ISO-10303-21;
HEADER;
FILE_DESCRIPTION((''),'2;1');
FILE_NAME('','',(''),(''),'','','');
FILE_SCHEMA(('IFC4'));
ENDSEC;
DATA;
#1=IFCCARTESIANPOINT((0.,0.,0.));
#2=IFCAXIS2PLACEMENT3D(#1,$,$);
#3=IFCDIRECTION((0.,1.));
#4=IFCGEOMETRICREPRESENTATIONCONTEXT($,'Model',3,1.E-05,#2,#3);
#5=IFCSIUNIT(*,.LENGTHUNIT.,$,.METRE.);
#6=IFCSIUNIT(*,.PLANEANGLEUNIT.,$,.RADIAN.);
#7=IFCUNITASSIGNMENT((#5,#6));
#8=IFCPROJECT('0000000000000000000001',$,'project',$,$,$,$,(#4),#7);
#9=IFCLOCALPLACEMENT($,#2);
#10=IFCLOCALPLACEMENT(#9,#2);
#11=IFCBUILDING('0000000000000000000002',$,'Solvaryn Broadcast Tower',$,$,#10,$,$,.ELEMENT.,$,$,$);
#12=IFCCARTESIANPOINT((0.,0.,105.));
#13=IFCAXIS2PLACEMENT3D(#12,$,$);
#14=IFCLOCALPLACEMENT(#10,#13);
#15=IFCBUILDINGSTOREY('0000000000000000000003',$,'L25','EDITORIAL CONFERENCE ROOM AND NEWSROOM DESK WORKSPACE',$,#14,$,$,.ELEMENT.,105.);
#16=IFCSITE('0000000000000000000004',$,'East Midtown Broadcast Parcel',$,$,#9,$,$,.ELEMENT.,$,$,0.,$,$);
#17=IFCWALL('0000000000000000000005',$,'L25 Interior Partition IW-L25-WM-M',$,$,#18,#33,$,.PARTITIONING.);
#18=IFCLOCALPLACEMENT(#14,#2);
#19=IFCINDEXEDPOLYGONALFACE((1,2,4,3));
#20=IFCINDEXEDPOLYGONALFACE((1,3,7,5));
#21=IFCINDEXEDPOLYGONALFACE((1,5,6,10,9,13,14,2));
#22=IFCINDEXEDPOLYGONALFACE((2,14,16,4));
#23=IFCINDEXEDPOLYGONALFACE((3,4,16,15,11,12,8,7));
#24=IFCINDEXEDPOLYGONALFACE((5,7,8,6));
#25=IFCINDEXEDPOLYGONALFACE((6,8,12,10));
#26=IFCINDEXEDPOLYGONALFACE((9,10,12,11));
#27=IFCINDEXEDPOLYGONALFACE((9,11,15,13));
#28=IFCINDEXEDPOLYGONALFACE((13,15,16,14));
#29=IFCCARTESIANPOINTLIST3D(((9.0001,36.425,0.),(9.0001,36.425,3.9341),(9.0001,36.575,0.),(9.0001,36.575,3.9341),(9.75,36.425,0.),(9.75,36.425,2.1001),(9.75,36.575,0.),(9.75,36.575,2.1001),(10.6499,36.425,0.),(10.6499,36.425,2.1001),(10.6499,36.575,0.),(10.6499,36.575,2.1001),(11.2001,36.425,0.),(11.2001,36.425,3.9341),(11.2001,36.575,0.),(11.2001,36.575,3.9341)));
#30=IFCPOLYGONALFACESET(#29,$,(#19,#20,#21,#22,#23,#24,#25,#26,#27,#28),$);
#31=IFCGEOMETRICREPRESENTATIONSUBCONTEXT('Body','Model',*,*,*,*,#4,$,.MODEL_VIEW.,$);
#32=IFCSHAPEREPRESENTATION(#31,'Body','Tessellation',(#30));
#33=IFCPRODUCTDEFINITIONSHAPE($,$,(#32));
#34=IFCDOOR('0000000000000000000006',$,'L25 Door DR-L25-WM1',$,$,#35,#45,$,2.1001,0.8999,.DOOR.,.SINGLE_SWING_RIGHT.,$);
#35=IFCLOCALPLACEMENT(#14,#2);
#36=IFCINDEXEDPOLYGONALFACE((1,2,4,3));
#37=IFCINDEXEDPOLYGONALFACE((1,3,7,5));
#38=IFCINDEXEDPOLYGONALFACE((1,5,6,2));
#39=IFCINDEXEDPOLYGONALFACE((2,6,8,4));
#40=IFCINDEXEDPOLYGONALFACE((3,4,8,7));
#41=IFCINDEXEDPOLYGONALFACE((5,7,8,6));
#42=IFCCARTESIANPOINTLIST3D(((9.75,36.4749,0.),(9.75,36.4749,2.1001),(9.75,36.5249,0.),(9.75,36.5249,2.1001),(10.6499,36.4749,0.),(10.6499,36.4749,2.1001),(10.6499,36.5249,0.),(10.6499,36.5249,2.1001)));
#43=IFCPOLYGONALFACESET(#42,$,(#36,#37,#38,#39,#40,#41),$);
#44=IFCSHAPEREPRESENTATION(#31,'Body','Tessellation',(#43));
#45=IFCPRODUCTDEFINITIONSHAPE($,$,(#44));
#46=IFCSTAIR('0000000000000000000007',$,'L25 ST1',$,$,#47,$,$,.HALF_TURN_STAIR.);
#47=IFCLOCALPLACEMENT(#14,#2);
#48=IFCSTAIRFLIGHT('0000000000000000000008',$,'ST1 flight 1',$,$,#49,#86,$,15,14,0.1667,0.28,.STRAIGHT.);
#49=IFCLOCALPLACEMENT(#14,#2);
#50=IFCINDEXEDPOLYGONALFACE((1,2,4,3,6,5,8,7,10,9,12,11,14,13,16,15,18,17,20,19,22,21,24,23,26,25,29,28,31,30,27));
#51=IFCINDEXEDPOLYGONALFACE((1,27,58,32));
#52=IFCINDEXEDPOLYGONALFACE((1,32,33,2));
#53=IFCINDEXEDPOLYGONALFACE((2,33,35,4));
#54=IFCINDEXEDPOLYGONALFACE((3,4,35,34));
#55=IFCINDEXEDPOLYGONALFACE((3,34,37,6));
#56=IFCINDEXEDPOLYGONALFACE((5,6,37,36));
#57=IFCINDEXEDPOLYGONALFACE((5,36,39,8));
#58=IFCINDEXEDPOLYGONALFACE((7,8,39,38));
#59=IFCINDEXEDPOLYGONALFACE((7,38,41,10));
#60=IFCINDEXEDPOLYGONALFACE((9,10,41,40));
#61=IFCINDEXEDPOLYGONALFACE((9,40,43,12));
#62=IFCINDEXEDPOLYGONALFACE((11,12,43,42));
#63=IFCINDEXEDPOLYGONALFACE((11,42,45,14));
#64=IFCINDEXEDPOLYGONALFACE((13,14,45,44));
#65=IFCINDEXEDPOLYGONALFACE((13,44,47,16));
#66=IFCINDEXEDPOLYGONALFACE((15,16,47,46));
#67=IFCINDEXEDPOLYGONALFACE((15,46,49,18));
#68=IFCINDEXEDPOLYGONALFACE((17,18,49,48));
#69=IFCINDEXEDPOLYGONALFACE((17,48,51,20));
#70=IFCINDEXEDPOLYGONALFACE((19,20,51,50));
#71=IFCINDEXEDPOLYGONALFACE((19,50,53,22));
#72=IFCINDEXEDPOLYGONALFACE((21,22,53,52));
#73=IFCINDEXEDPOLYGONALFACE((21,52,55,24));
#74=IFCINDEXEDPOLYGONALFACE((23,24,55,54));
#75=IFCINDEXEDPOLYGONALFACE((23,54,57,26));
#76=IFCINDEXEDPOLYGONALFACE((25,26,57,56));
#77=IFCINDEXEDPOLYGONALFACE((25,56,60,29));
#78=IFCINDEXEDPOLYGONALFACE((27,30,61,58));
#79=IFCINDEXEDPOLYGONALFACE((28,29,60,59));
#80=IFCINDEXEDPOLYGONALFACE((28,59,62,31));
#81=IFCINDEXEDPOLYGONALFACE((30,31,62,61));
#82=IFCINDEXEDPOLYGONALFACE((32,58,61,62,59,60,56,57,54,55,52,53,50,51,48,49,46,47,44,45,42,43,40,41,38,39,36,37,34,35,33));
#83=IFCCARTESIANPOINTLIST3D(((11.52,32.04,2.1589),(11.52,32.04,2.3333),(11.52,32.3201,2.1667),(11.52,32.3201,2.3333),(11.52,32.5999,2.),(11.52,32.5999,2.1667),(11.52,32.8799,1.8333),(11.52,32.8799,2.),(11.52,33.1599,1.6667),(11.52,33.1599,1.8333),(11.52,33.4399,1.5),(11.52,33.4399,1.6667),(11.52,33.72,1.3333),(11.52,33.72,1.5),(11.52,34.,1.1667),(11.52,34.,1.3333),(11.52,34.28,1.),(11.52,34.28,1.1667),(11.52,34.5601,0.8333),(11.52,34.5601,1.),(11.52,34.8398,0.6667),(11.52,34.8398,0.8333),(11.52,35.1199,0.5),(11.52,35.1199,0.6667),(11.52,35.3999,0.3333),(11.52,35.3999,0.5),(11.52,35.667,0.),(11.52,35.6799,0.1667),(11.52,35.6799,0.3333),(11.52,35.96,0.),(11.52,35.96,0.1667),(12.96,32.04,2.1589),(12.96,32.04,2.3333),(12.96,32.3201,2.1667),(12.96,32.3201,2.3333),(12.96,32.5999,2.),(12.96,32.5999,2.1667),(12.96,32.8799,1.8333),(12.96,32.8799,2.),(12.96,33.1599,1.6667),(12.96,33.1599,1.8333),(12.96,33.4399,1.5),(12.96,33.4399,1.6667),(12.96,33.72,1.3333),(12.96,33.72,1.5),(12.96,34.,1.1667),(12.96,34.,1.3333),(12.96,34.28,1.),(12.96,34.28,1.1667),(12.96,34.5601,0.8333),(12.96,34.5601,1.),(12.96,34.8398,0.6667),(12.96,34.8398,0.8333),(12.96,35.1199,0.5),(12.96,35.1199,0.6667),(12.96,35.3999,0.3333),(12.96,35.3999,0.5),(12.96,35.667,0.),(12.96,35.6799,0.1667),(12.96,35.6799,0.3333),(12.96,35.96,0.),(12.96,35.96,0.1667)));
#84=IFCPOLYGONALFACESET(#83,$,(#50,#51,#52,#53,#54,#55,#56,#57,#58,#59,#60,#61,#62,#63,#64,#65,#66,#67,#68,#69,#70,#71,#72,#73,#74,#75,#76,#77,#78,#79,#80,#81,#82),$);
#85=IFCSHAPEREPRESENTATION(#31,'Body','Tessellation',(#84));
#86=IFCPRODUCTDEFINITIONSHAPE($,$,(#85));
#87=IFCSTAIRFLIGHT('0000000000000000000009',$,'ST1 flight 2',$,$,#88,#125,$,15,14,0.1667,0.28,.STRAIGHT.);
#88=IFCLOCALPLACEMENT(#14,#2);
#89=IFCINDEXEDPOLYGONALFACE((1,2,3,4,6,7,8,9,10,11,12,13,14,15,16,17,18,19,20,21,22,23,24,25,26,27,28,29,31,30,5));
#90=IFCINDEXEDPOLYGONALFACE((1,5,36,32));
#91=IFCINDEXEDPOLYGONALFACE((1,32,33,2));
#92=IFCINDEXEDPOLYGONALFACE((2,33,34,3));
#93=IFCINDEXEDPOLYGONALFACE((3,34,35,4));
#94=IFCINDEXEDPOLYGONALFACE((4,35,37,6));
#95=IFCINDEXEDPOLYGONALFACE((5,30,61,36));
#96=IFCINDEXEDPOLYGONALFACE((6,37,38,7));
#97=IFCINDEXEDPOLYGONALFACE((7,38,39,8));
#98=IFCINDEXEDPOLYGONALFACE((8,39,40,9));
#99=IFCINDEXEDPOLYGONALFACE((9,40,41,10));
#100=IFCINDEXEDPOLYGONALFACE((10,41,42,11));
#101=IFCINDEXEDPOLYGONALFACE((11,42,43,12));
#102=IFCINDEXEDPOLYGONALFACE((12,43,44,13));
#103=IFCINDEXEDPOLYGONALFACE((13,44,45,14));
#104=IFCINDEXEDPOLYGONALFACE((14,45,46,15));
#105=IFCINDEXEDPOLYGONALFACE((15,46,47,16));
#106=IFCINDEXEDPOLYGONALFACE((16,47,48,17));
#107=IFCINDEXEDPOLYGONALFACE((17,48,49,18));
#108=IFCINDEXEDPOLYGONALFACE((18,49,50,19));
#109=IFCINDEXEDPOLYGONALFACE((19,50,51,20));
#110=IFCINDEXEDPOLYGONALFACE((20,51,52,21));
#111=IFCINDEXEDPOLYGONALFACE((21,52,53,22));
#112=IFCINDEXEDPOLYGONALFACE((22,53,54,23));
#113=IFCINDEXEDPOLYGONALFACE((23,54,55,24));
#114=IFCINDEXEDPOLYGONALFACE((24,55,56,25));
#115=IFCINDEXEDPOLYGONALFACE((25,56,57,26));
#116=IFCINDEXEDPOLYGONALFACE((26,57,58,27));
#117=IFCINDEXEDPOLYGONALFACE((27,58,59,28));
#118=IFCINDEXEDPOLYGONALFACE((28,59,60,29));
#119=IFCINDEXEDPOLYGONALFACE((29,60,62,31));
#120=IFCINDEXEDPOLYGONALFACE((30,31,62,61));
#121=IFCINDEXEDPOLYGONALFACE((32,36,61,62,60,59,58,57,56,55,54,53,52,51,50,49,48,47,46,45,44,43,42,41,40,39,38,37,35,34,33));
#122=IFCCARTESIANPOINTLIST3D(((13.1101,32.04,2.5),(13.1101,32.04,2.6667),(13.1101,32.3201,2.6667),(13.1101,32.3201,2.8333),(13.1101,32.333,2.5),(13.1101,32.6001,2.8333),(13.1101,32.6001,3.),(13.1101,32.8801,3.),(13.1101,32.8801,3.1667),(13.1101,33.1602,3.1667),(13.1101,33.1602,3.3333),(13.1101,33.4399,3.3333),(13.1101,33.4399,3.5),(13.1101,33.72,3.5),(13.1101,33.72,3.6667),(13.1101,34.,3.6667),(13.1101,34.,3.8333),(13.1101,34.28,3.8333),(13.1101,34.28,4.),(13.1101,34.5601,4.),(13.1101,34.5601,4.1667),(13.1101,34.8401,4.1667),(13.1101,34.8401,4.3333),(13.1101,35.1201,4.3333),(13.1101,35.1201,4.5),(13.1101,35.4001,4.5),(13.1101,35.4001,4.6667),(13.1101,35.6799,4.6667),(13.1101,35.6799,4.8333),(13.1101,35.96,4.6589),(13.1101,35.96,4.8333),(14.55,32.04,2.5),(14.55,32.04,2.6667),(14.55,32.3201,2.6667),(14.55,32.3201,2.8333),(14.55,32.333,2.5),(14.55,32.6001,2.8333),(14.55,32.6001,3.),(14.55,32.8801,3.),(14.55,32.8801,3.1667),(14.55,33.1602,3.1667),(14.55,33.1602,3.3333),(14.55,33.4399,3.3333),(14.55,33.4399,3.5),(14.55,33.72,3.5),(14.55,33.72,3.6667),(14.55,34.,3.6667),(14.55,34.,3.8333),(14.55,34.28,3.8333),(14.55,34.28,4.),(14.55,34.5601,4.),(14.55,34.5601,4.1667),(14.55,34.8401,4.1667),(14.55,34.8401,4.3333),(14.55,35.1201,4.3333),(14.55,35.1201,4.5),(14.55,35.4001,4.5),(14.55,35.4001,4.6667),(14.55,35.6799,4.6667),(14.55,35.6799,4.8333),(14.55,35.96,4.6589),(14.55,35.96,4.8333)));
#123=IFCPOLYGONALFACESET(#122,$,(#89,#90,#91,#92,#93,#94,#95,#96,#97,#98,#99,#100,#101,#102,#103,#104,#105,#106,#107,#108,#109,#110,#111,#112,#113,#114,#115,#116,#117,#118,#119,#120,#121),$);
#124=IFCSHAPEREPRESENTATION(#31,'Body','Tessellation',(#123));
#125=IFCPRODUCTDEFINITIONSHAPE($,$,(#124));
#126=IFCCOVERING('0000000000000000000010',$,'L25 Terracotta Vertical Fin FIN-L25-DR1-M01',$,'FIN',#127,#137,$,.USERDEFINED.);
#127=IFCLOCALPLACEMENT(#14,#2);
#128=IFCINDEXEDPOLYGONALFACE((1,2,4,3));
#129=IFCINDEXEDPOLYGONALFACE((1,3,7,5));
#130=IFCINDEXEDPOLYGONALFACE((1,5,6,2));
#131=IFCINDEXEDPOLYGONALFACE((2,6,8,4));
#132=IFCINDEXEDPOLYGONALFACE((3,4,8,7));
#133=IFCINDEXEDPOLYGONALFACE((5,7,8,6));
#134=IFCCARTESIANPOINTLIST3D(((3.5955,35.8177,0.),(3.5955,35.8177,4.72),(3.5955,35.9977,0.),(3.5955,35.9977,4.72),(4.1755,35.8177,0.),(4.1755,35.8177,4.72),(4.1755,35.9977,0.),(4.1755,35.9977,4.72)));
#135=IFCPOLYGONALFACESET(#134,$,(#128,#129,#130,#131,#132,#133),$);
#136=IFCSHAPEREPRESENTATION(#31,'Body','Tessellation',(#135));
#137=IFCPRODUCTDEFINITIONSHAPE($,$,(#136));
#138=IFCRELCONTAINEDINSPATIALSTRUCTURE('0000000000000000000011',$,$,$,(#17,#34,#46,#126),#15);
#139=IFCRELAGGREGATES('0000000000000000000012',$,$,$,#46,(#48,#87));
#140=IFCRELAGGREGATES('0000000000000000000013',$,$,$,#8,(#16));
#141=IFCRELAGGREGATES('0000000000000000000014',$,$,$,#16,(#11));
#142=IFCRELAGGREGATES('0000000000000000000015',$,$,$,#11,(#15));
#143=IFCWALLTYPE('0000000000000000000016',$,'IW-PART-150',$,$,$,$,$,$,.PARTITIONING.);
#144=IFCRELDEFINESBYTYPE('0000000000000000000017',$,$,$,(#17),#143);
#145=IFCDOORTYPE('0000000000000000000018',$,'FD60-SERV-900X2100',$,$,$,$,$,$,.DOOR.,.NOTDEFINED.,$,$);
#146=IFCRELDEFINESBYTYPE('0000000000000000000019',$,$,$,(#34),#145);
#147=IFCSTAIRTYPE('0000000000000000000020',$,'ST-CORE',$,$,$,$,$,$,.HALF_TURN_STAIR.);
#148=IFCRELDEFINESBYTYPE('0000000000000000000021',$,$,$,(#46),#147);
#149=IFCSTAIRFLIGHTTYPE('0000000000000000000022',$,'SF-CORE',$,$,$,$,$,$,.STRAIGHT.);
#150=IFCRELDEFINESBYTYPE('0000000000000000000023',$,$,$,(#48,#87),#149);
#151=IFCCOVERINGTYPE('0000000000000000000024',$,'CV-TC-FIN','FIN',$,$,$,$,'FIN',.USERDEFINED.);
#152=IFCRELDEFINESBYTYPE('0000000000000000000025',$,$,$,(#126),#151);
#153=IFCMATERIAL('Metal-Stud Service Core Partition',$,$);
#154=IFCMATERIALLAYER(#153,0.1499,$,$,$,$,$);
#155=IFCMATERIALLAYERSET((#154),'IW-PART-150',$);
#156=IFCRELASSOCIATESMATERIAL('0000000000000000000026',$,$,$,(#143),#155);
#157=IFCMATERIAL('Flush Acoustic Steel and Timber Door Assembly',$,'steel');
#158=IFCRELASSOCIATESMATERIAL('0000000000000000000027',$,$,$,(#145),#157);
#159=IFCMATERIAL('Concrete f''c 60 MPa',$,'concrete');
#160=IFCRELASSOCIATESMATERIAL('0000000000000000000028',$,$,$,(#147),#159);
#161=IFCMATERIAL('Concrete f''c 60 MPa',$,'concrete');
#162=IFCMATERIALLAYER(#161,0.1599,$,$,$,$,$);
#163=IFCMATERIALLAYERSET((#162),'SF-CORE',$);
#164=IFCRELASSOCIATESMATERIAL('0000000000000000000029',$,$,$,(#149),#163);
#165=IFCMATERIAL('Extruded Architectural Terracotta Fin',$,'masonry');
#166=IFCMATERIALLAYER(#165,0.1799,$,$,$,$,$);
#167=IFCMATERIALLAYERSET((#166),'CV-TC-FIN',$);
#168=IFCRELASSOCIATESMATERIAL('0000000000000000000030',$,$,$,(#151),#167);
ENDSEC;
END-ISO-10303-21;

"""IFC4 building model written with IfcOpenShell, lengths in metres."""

from ifc_helpers import new_model, si_unit, direction, frame, frame_2d, origin, origin_2d, place, context, subcontext, project, spatial, polyline, rectangle, outline, extrude, material, layer, layer_set, type_object, element, fill, aggregate, save


model = new_model("IFC4")

# Units and contexts
model_context = context("Model", 3, precision=1e-05, world=origin(), true_north=direction((0.0, 1.0)))
body_context = subcontext(model_context, "Body", "Model", "MODEL_VIEW")
ifc_project = project(units=[si_unit("LENGTHUNIT", "METRE"), si_unit("PLANEANGLEUNIT", "RADIAN")], contexts=[model_context])

# Site, building, storey
site_placement = place(None, origin())
site = spatial("IfcSite", under=ifc_project, at=site_placement, Name="East Midtown Broadcast Parcel", CompositionType="ELEMENT", RefElevation=0.0)
building_placement = place(site_placement, origin())
building = spatial("IfcBuilding", under=site, at=building_placement, Name="Solvaryn Broadcast Tower", CompositionType="ELEMENT")
storey_placement = place(building_placement, frame((0.0, 0.0, 105.0)))
storey = spatial("IfcBuildingStorey", under=building, at=storey_placement, Name="L25", Description="EDITORIAL CONFERENCE ROOM AND NEWSROOM DESK WORKSPACE", CompositionType="ELEMENT", Elevation=105.0)

# Wall, opening, door
ifc_material_1 = material(Name="Metal-Stud Service Core Partition")
ifc_layer_1 = layer(ifc_material_1, 0.1499)
ifc_layer_set_1 = layer_set([ifc_layer_1], Name="IW-PART-150")
wall_type = type_object("IfcWallType", Name="IW-PART-150", PredefinedType="PARTITIONING", material=ifc_layer_set_1)
wall_placement = place(storey_placement, frame((9.0, 36.5, 0.0), z_axis=(0.0, 0.0, 1.0), x_axis=(1.0, 0.0, 0.0)))
wall = element("IfcWall", 1, at=wall_placement, inside=storey, type_object=wall_type, Name="L25 Interior Partition IW-L25-WM-M", PredefinedType="PARTITIONING", context=body_context, shape_type="SweptSolid", body=[
    extrude(rectangle(XDim=2.2, YDim=0.1499, at=frame_2d((1.1001, 0.0))), origin(), (0.0, 0.0, 1.0), 3.9341),
])
opening_placement = place(wall_placement, frame((0.75, 0.0, 0.0)))
opening = element("IfcOpeningElement", 2, at=opening_placement, cuts=wall, PredefinedType="OPENING", context=body_context, shape_type="SweptSolid", body=[
    extrude(rectangle(XDim=0.8999, YDim=2.1001, at=frame_2d((0.45, 1.05))), frame((0.0, 0.085, 0.0), z_axis=(0.0, -1.0, 0.0), x_axis=(1.0, 0.0, 0.0)), (0.0, 0.0, 1.0), 0.1699),
])
ifc_material_2 = material(Name="Flush Acoustic Steel and Timber Door Assembly", Category="steel")
door_type = type_object("IfcDoorType", Name="FD60-SERV-900X2100", OperationType="NOTDEFINED", PredefinedType="DOOR", material=ifc_material_2)
door_placement = place(opening_placement, origin())
door = element("IfcDoor", 3, at=door_placement, inside=storey, type_object=door_type, Name="L25 Door DR-L25-WM1", OperationType="SINGLE_SWING_RIGHT", OverallHeight=2.1001, OverallWidth=0.8999, PredefinedType="DOOR", context=body_context, shape_type="SweptSolid", body=[
    extrude(rectangle(XDim=0.8999, YDim=2.1001, at=frame_2d((0.45, 1.05))), frame((0.0, 0.0249, 0.0), z_axis=(0.0, -1.0, 0.0), x_axis=(1.0, 0.0, 0.0)), (0.0, 0.0, 1.0), 0.05),
])
fill(opening, door)

# Stair, stair flights
ifc_material_3 = material(Name="Concrete f'c 60 MPa", Category="concrete")
stair_type = type_object("IfcStairType", Name="ST-CORE", PredefinedType="HALF_TURN_STAIR", material=ifc_material_3)
stair_placement = place(storey_placement, origin())
stair = element("IfcStair", 4, at=stair_placement, inside=storey, type_object=stair_type, Name="L25 ST1", PredefinedType="HALF_TURN_STAIR")
ifc_material_4 = material(Name="Concrete f'c 60 MPa", Category="concrete")
ifc_layer_2 = layer(ifc_material_4, 0.1599)
ifc_layer_set_2 = layer_set([ifc_layer_2], Name="SF-CORE")
stair_flight_type = type_object("IfcStairFlightType", Name="SF-CORE", PredefinedType="STRAIGHT", material=ifc_layer_set_2)
stair_flight_1_placement = place(storey_placement, frame((12.24, 35.96, 0.0), z_axis=(0.0, 0.0, 1.0), x_axis=(0.0, -1.0, 0.0)))
stair_flight_1 = element("IfcStairFlight", 5, at=stair_flight_1_placement, type_object=stair_flight_type, Name="ST1 flight 1", NumberOfRisers=15, NumberOfTreads=14, PredefinedType="STRAIGHT", RiserHeight=0.1667, TreadLength=0.28, context=body_context, shape_type="SweptSolid", body=[
    extrude(outline(polyline([(0.0, 0.0), (0.0, 0.1667), (0.28, 0.1667), (0.28, 0.3333), (0.5601, 0.3333), (0.5601, 0.5), (0.8401, 0.5), (0.8401, 0.6667), (1.1201, 0.6667), (1.1201, 0.8333), (1.3999, 0.8333), (1.3999, 1.0), (1.6799, 1.0), (1.6799, 1.1667), (1.96, 1.1667), (1.96, 1.3333), (2.24, 1.3333), (2.24, 1.5), (2.52, 1.5), (2.52, 1.6667), (2.8, 1.6667), (2.8, 1.8333), (3.0801, 1.8333), (3.0801, 2.0), (3.3601, 2.0), (3.3601, 2.1667), (3.6399, 2.1667), (3.6399, 2.3333), (3.9199, 2.3333), (3.9199, 2.5), (3.9199, 2.1589), (0.293, 0.0), (0.0, 0.0)])), frame((0.0, 0.72, 0.0), z_axis=(0.0, -1.0, 0.0), x_axis=(1.0, 0.0, 0.0)), (0.0, 0.0, 1.0), 1.4399),
])
stair_flight_2_placement = place(storey_placement, frame((13.8301, 32.04, 2.5), z_axis=(0.0, 0.0, 1.0), x_axis=(0.0, 1.0, 0.0)))
stair_flight_2 = element("IfcStairFlight", 6, at=stair_flight_2_placement, type_object=stair_flight_type, Name="ST1 flight 2", NumberOfRisers=15, NumberOfTreads=14, PredefinedType="STRAIGHT", RiserHeight=0.1667, TreadLength=0.28, context=body_context, shape_type="SweptSolid", body=[
    extrude(outline(polyline([(0.0, 0.0), (0.0, 0.1667), (0.28, 0.1667), (0.28, 0.3333), (0.5601, 0.3333), (0.5601, 0.5), (0.8401, 0.5), (0.8401, 0.6667), (1.1201, 0.6667), (1.1201, 0.8333), (1.3999, 0.8333), (1.3999, 1.0), (1.6799, 1.0), (1.6799, 1.1667), (1.96, 1.1667), (1.96, 1.3333), (2.24, 1.3333), (2.24, 1.5), (2.52, 1.5), (2.52, 1.6667), (2.8, 1.6667), (2.8, 1.8333), (3.0801, 1.8333), (3.0801, 2.0), (3.3601, 2.0), (3.3601, 2.1667), (3.6399, 2.1667), (3.6399, 2.3333), (3.9199, 2.3333), (3.9199, 2.5), (3.9199, 2.1589), (0.293, 0.0), (0.0, 0.0)])), frame((0.0, 0.72, 0.0), z_axis=(0.0, -1.0, 0.0), x_axis=(1.0, 0.0, 0.0)), (0.0, 0.0, 1.0), 1.4399),
])
aggregate(stair, [stair_flight_1, stair_flight_2])

# Covering
ifc_material_5 = material(Name="Extruded Architectural Terracotta Fin", Category="masonry")
ifc_layer_3 = layer(ifc_material_5, 0.1799)
ifc_layer_set_3 = layer_set([ifc_layer_3], Name="CV-TC-FIN")
covering_type = type_object("IfcCoveringType", Name="CV-TC-FIN", Description="FIN", ElementType="FIN", PredefinedType="USERDEFINED", material=ifc_layer_set_3)
covering_placement = place(storey_placement, frame((3.8855, 35.9077, 0.0), z_axis=(0.0, 0.0, 1.0), x_axis=(1.0, 0.0, 0.0)))
element("IfcCovering", 7, at=covering_placement, inside=storey, type_object=covering_type, Name="L25 Terracotta Vertical Fin FIN-L25-DR1-M01", ObjectType="FIN", PredefinedType="USERDEFINED", context=body_context, shape_type="SweptSolid", body=[
    extrude(rectangle(XDim=0.5801, YDim=0.1799, at=origin_2d()), origin(), (0.0, 0.0, 1.0), 4.72),
])

save(model, "model.ifc")
